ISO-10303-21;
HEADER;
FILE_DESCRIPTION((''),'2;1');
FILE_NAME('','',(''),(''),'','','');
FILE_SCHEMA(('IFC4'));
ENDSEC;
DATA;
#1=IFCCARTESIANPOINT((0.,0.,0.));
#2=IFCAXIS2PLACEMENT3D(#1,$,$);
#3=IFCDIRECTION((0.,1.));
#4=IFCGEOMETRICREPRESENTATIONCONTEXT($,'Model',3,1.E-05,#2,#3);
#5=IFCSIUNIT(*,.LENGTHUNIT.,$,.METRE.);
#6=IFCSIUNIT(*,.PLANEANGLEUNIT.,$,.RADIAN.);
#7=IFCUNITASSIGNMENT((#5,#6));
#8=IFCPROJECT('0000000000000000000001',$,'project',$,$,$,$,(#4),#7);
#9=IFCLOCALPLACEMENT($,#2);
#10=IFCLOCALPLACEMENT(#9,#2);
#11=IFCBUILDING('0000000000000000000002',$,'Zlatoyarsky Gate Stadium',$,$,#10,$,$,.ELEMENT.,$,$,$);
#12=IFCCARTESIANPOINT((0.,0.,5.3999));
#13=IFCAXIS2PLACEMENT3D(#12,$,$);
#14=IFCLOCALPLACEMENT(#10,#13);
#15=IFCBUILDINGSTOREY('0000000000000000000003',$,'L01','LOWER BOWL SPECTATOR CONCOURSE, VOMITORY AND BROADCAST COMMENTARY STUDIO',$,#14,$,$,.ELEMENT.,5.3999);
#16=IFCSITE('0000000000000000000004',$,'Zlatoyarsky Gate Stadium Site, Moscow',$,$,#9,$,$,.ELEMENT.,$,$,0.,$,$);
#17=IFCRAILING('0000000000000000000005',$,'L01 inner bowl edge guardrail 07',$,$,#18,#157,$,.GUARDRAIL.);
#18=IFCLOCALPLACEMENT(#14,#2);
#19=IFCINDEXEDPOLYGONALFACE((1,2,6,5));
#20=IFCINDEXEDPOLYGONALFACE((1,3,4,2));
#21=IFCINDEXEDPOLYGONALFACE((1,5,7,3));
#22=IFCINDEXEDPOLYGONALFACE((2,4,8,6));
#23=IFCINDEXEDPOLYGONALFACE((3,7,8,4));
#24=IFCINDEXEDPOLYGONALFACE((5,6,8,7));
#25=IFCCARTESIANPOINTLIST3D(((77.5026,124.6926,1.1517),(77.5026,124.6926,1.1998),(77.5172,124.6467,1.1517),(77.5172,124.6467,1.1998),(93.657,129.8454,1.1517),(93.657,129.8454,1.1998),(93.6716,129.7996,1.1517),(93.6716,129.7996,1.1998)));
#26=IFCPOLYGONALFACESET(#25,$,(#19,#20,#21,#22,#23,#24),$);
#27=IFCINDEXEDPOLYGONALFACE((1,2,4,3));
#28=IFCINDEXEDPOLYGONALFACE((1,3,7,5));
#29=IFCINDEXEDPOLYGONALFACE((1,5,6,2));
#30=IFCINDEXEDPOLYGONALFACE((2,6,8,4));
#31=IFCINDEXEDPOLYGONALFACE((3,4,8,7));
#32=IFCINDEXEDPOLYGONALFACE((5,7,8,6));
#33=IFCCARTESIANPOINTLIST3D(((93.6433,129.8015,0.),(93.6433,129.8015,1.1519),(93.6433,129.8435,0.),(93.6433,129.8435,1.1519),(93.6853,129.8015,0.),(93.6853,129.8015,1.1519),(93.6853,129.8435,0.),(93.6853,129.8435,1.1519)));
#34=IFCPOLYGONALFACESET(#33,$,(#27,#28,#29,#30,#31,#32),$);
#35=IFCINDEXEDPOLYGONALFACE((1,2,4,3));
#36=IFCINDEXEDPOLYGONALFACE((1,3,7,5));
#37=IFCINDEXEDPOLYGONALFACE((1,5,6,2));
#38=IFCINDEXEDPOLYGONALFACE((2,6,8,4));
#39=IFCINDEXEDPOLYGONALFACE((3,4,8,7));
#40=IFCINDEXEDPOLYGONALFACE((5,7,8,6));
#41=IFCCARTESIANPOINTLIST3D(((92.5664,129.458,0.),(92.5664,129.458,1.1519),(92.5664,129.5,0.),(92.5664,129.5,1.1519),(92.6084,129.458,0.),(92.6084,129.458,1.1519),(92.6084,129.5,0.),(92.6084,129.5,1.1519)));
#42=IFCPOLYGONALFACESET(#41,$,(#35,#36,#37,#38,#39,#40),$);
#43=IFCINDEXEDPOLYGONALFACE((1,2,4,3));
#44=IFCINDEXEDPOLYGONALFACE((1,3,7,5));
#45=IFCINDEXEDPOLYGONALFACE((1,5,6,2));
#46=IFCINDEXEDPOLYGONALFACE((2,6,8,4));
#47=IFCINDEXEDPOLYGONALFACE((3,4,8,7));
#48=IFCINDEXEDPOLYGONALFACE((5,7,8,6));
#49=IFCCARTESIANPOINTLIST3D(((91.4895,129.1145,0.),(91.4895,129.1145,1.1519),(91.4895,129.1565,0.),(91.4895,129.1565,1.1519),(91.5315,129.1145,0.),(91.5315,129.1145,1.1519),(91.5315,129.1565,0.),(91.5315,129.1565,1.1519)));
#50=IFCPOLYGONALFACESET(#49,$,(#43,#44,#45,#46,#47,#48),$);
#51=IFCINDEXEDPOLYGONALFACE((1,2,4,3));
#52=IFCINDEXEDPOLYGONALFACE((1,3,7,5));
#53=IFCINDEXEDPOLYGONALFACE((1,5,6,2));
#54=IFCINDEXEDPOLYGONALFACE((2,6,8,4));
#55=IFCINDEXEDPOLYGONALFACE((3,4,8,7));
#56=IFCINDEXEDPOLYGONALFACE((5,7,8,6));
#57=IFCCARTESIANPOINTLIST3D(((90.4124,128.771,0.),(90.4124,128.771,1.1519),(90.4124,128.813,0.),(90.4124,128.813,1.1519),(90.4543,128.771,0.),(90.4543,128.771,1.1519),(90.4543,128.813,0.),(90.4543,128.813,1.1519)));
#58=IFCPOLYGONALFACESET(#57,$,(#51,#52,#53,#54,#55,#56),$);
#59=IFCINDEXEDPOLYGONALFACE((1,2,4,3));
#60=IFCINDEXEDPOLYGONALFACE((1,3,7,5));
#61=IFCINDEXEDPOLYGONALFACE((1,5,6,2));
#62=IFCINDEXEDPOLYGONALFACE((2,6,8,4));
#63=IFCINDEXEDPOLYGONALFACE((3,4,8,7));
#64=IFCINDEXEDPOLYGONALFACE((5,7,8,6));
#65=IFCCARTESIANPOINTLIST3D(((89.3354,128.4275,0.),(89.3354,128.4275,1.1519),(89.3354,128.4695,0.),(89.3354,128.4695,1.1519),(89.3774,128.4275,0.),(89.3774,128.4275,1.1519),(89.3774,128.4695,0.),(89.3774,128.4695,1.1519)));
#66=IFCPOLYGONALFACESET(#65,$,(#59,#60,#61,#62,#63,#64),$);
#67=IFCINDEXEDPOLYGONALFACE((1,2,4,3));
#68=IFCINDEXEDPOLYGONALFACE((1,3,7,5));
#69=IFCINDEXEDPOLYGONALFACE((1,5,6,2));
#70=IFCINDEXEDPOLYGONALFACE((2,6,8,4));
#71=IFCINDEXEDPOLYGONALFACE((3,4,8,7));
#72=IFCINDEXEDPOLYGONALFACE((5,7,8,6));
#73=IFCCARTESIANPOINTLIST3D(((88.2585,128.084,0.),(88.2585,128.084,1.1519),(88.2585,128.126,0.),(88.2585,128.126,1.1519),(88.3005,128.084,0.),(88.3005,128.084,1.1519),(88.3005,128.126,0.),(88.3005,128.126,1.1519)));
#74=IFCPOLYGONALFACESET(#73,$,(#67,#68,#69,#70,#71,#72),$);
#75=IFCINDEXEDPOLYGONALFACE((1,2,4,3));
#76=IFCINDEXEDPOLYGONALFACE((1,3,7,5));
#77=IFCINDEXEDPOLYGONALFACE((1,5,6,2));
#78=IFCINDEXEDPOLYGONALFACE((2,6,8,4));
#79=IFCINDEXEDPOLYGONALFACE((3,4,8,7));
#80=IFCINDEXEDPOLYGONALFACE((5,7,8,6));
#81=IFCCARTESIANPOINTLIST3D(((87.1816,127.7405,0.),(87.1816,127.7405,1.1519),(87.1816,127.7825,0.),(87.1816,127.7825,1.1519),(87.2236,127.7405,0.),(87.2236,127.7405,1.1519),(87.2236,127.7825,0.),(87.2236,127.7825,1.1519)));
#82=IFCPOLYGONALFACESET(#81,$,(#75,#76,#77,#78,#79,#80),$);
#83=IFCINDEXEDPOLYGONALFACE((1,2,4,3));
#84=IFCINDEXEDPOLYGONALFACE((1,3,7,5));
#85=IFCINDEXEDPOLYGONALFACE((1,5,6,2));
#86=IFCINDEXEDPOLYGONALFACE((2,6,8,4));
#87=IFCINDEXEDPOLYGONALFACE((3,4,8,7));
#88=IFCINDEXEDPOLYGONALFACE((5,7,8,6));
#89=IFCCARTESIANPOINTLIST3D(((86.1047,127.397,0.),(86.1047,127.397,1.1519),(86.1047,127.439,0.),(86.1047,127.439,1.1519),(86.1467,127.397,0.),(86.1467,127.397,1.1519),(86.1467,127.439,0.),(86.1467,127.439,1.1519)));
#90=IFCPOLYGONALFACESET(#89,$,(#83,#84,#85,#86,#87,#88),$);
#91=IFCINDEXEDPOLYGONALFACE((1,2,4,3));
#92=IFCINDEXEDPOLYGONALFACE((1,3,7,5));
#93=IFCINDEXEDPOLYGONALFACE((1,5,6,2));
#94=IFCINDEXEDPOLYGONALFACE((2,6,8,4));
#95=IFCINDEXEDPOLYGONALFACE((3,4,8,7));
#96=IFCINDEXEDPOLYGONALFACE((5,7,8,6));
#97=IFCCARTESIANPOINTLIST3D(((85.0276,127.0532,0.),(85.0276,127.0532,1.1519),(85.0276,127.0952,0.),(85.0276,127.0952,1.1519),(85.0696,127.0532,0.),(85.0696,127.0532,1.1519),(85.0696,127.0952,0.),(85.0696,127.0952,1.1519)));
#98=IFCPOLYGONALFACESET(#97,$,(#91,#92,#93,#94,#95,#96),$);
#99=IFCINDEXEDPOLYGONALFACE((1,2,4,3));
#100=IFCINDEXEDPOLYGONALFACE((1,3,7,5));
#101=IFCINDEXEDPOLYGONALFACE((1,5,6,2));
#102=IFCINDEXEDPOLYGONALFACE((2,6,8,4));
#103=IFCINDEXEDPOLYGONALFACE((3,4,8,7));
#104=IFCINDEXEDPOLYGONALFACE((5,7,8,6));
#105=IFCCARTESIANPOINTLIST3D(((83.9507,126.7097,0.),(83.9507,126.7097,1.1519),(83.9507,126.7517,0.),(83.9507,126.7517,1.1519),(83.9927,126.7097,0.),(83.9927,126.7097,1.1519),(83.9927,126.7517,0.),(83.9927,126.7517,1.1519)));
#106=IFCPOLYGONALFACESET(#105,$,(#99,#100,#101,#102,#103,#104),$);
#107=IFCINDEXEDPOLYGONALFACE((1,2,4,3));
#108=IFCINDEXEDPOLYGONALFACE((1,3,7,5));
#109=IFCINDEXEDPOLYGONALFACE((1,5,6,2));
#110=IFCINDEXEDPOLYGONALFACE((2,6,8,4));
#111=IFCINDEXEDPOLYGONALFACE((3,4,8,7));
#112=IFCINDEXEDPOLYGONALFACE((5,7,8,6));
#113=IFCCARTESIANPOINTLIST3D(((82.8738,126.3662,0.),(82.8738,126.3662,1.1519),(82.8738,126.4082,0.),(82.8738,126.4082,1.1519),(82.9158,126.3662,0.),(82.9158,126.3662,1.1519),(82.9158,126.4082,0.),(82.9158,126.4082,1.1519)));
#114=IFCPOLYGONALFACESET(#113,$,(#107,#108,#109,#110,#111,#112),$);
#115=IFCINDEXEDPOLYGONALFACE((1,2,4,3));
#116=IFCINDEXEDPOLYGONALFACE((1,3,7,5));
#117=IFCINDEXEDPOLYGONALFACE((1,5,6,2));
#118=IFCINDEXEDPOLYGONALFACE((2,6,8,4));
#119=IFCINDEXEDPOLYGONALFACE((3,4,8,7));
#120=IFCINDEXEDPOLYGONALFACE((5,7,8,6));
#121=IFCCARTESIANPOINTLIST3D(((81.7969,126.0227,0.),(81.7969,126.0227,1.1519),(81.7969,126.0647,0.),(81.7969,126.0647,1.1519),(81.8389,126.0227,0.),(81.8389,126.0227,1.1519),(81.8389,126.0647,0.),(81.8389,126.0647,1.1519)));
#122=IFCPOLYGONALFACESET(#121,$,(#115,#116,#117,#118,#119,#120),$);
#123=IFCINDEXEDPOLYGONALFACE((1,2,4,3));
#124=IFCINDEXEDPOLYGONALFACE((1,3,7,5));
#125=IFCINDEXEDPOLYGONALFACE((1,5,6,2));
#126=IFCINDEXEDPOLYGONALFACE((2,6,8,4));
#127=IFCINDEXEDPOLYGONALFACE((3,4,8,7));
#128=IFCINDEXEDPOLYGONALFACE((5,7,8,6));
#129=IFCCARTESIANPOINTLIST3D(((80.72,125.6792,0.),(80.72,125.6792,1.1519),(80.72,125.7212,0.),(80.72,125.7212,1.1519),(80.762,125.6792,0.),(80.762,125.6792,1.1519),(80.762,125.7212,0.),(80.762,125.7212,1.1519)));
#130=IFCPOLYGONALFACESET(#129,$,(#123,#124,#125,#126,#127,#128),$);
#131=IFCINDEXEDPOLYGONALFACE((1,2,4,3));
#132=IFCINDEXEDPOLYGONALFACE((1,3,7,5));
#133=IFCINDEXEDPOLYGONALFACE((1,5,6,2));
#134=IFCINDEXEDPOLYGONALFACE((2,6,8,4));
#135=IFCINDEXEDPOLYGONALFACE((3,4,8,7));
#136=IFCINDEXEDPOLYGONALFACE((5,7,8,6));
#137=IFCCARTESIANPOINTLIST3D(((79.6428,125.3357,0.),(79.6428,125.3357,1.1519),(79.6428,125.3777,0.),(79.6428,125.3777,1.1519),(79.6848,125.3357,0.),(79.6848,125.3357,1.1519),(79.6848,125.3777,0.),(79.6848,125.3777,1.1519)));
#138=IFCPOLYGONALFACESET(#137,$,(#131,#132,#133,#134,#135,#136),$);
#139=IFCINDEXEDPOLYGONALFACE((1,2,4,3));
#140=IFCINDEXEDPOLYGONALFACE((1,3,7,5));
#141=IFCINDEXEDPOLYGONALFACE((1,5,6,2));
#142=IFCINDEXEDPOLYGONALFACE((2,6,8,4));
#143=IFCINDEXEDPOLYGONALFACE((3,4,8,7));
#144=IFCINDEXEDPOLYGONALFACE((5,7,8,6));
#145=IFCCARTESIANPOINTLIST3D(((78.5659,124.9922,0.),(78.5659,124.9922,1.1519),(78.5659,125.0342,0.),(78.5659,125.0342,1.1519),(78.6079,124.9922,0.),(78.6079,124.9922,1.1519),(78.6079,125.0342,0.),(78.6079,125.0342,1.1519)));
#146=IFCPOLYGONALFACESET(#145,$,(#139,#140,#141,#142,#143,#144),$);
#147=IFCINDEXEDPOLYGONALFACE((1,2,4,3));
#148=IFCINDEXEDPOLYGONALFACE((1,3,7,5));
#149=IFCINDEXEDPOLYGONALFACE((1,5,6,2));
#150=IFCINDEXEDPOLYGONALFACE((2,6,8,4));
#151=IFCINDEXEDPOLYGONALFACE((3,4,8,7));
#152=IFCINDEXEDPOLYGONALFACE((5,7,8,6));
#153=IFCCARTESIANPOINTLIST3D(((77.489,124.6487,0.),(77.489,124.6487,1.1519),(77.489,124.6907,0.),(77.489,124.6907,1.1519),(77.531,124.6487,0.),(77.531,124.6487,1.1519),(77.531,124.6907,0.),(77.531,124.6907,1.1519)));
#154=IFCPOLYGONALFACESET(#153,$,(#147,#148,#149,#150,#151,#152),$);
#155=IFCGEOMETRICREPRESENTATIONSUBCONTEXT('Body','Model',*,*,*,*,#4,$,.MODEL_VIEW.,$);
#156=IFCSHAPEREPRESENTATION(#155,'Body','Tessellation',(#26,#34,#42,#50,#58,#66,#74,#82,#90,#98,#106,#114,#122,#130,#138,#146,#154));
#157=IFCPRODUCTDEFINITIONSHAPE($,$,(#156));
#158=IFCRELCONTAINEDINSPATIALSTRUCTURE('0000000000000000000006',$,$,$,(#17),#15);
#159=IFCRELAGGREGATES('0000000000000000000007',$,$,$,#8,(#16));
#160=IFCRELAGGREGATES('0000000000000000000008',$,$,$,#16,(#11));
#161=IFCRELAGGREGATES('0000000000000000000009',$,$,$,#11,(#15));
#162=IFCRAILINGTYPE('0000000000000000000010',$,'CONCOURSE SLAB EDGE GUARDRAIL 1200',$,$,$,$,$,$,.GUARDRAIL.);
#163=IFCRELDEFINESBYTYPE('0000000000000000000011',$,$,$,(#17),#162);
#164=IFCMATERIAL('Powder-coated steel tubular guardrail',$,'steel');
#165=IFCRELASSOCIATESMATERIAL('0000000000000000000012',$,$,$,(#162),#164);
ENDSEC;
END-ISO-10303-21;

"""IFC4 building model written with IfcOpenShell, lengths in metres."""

from ifc_helpers import new_model, si_unit, direction, frame, origin, origin_2d, place, context, subcontext, project, spatial, rectangle, extrude, material, type_object, element, save


model = new_model("IFC4")

# Units and contexts
model_context = context("Model", 3, precision=1e-05, world=origin(), true_north=direction((0.0, 1.0)))
body_context = subcontext(model_context, "Body", "Model", "MODEL_VIEW")
ifc_project = project(units=[si_unit("LENGTHUNIT", "METRE"), si_unit("PLANEANGLEUNIT", "RADIAN")], contexts=[model_context])

# Site, building, storey
site_placement = place(None, origin())
site = spatial("IfcSite", under=ifc_project, at=site_placement, Name="Zlatoyarsky Gate Stadium Site, Moscow", CompositionType="ELEMENT", RefElevation=0.0)
building_placement = place(site_placement, origin())
building = spatial("IfcBuilding", under=site, at=building_placement, Name="Zlatoyarsky Gate Stadium", CompositionType="ELEMENT")
storey_placement = place(building_placement, frame((0.0, 0.0, 5.3999)))
storey = spatial("IfcBuildingStorey", under=building, at=storey_placement, Name="L01", Description="LOWER BOWL SPECTATOR CONCOURSE, VOMITORY AND BROADCAST COMMENTARY STUDIO", CompositionType="ELEMENT", Elevation=5.3999)

# Railing
ifc_material_1 = material(Name="Powder-coated steel tubular guardrail", Category="steel")
railing_type_1 = type_object("IfcRailingType", Name="CONCOURSE SLAB EDGE GUARDRAIL 1200", PredefinedType="GUARDRAIL", material=ifc_material_1)
railing_1_placement = place(storey_placement, frame((93.6643, 129.8225, 0.0)))
element("IfcRailing", 1, at=railing_1_placement, inside=storey, type_object=railing_type_1, Name="L01 inner bowl edge guardrail 07", PredefinedType="GUARDRAIL", context=body_context, shape_type="SweptSolid", body=[
    extrude(rectangle(XDim=0.0481, YDim=0.0481, at=origin_2d()), frame((0.0, 0.0, 1.1758), z_axis=(-0.952707, -0.303891, 0.0), x_axis=(0.303891, -0.952707, 0.0)), (0.0, 0.0, 1.0), 16.9563),
    extrude(rectangle(XDim=0.042, YDim=0.042, at=origin_2d()), origin(), (0.0, 0.0, 1.0), 1.1519),
    extrude(rectangle(XDim=0.042, YDim=0.042, at=origin_2d()), frame((-1.0769, -0.3435, 0.0)), (0.0, 0.0, 1.0), 1.1519),
    extrude(rectangle(XDim=0.042, YDim=0.042, at=origin_2d()), frame((-2.1538, -0.687, 0.0)), (0.0, 0.0, 1.0), 1.1519),
    extrude(rectangle(XDim=0.042, YDim=0.042, at=origin_2d()), frame((-3.231, -1.0305, 0.0)), (0.0, 0.0, 1.0), 1.1519),
    extrude(rectangle(XDim=0.042, YDim=0.042, at=origin_2d()), frame((-4.3079, -1.374, 0.0)), (0.0, 0.0, 1.0), 1.1519),
    extrude(rectangle(XDim=0.042, YDim=0.042, at=origin_2d()), frame((-5.3848, -1.7175, 0.0)), (0.0, 0.0, 1.0), 1.1519),
    extrude(rectangle(XDim=0.042, YDim=0.042, at=origin_2d()), frame((-6.4617, -2.061, 0.0)), (0.0, 0.0, 1.0), 1.1519),
    extrude(rectangle(XDim=0.042, YDim=0.042, at=origin_2d()), frame((-7.5386, -2.4045, 0.0)), (0.0, 0.0, 1.0), 1.1519),
    extrude(rectangle(XDim=0.042, YDim=0.042, at=origin_2d()), frame((-8.6157, -2.7483, 0.0)), (0.0, 0.0, 1.0), 1.1519),
    extrude(rectangle(XDim=0.042, YDim=0.042, at=origin_2d()), frame((-9.6926, -3.0918, 0.0)), (0.0, 0.0, 1.0), 1.1519),
    extrude(rectangle(XDim=0.042, YDim=0.042, at=origin_2d()), frame((-10.7695, -3.4353, 0.0)), (0.0, 0.0, 1.0), 1.1519),
    extrude(rectangle(XDim=0.042, YDim=0.042, at=origin_2d()), frame((-11.8464, -3.7788, 0.0)), (0.0, 0.0, 1.0), 1.1519),
    extrude(rectangle(XDim=0.042, YDim=0.042, at=origin_2d()), frame((-12.9233, -4.1223, 0.0)), (0.0, 0.0, 1.0), 1.1519),
    extrude(rectangle(XDim=0.042, YDim=0.042, at=origin_2d()), frame((-14.0005, -4.4658, 0.0)), (0.0, 0.0, 1.0), 1.1519),
    extrude(rectangle(XDim=0.042, YDim=0.042, at=origin_2d()), frame((-15.0774, -4.8093, 0.0)), (0.0, 0.0, 1.0), 1.1519),
    extrude(rectangle(XDim=0.042, YDim=0.042, at=origin_2d()), frame((-16.1543, -5.1528, 0.0)), (0.0, 0.0, 1.0), 1.1519),
])

save(model, "model.ifc")
